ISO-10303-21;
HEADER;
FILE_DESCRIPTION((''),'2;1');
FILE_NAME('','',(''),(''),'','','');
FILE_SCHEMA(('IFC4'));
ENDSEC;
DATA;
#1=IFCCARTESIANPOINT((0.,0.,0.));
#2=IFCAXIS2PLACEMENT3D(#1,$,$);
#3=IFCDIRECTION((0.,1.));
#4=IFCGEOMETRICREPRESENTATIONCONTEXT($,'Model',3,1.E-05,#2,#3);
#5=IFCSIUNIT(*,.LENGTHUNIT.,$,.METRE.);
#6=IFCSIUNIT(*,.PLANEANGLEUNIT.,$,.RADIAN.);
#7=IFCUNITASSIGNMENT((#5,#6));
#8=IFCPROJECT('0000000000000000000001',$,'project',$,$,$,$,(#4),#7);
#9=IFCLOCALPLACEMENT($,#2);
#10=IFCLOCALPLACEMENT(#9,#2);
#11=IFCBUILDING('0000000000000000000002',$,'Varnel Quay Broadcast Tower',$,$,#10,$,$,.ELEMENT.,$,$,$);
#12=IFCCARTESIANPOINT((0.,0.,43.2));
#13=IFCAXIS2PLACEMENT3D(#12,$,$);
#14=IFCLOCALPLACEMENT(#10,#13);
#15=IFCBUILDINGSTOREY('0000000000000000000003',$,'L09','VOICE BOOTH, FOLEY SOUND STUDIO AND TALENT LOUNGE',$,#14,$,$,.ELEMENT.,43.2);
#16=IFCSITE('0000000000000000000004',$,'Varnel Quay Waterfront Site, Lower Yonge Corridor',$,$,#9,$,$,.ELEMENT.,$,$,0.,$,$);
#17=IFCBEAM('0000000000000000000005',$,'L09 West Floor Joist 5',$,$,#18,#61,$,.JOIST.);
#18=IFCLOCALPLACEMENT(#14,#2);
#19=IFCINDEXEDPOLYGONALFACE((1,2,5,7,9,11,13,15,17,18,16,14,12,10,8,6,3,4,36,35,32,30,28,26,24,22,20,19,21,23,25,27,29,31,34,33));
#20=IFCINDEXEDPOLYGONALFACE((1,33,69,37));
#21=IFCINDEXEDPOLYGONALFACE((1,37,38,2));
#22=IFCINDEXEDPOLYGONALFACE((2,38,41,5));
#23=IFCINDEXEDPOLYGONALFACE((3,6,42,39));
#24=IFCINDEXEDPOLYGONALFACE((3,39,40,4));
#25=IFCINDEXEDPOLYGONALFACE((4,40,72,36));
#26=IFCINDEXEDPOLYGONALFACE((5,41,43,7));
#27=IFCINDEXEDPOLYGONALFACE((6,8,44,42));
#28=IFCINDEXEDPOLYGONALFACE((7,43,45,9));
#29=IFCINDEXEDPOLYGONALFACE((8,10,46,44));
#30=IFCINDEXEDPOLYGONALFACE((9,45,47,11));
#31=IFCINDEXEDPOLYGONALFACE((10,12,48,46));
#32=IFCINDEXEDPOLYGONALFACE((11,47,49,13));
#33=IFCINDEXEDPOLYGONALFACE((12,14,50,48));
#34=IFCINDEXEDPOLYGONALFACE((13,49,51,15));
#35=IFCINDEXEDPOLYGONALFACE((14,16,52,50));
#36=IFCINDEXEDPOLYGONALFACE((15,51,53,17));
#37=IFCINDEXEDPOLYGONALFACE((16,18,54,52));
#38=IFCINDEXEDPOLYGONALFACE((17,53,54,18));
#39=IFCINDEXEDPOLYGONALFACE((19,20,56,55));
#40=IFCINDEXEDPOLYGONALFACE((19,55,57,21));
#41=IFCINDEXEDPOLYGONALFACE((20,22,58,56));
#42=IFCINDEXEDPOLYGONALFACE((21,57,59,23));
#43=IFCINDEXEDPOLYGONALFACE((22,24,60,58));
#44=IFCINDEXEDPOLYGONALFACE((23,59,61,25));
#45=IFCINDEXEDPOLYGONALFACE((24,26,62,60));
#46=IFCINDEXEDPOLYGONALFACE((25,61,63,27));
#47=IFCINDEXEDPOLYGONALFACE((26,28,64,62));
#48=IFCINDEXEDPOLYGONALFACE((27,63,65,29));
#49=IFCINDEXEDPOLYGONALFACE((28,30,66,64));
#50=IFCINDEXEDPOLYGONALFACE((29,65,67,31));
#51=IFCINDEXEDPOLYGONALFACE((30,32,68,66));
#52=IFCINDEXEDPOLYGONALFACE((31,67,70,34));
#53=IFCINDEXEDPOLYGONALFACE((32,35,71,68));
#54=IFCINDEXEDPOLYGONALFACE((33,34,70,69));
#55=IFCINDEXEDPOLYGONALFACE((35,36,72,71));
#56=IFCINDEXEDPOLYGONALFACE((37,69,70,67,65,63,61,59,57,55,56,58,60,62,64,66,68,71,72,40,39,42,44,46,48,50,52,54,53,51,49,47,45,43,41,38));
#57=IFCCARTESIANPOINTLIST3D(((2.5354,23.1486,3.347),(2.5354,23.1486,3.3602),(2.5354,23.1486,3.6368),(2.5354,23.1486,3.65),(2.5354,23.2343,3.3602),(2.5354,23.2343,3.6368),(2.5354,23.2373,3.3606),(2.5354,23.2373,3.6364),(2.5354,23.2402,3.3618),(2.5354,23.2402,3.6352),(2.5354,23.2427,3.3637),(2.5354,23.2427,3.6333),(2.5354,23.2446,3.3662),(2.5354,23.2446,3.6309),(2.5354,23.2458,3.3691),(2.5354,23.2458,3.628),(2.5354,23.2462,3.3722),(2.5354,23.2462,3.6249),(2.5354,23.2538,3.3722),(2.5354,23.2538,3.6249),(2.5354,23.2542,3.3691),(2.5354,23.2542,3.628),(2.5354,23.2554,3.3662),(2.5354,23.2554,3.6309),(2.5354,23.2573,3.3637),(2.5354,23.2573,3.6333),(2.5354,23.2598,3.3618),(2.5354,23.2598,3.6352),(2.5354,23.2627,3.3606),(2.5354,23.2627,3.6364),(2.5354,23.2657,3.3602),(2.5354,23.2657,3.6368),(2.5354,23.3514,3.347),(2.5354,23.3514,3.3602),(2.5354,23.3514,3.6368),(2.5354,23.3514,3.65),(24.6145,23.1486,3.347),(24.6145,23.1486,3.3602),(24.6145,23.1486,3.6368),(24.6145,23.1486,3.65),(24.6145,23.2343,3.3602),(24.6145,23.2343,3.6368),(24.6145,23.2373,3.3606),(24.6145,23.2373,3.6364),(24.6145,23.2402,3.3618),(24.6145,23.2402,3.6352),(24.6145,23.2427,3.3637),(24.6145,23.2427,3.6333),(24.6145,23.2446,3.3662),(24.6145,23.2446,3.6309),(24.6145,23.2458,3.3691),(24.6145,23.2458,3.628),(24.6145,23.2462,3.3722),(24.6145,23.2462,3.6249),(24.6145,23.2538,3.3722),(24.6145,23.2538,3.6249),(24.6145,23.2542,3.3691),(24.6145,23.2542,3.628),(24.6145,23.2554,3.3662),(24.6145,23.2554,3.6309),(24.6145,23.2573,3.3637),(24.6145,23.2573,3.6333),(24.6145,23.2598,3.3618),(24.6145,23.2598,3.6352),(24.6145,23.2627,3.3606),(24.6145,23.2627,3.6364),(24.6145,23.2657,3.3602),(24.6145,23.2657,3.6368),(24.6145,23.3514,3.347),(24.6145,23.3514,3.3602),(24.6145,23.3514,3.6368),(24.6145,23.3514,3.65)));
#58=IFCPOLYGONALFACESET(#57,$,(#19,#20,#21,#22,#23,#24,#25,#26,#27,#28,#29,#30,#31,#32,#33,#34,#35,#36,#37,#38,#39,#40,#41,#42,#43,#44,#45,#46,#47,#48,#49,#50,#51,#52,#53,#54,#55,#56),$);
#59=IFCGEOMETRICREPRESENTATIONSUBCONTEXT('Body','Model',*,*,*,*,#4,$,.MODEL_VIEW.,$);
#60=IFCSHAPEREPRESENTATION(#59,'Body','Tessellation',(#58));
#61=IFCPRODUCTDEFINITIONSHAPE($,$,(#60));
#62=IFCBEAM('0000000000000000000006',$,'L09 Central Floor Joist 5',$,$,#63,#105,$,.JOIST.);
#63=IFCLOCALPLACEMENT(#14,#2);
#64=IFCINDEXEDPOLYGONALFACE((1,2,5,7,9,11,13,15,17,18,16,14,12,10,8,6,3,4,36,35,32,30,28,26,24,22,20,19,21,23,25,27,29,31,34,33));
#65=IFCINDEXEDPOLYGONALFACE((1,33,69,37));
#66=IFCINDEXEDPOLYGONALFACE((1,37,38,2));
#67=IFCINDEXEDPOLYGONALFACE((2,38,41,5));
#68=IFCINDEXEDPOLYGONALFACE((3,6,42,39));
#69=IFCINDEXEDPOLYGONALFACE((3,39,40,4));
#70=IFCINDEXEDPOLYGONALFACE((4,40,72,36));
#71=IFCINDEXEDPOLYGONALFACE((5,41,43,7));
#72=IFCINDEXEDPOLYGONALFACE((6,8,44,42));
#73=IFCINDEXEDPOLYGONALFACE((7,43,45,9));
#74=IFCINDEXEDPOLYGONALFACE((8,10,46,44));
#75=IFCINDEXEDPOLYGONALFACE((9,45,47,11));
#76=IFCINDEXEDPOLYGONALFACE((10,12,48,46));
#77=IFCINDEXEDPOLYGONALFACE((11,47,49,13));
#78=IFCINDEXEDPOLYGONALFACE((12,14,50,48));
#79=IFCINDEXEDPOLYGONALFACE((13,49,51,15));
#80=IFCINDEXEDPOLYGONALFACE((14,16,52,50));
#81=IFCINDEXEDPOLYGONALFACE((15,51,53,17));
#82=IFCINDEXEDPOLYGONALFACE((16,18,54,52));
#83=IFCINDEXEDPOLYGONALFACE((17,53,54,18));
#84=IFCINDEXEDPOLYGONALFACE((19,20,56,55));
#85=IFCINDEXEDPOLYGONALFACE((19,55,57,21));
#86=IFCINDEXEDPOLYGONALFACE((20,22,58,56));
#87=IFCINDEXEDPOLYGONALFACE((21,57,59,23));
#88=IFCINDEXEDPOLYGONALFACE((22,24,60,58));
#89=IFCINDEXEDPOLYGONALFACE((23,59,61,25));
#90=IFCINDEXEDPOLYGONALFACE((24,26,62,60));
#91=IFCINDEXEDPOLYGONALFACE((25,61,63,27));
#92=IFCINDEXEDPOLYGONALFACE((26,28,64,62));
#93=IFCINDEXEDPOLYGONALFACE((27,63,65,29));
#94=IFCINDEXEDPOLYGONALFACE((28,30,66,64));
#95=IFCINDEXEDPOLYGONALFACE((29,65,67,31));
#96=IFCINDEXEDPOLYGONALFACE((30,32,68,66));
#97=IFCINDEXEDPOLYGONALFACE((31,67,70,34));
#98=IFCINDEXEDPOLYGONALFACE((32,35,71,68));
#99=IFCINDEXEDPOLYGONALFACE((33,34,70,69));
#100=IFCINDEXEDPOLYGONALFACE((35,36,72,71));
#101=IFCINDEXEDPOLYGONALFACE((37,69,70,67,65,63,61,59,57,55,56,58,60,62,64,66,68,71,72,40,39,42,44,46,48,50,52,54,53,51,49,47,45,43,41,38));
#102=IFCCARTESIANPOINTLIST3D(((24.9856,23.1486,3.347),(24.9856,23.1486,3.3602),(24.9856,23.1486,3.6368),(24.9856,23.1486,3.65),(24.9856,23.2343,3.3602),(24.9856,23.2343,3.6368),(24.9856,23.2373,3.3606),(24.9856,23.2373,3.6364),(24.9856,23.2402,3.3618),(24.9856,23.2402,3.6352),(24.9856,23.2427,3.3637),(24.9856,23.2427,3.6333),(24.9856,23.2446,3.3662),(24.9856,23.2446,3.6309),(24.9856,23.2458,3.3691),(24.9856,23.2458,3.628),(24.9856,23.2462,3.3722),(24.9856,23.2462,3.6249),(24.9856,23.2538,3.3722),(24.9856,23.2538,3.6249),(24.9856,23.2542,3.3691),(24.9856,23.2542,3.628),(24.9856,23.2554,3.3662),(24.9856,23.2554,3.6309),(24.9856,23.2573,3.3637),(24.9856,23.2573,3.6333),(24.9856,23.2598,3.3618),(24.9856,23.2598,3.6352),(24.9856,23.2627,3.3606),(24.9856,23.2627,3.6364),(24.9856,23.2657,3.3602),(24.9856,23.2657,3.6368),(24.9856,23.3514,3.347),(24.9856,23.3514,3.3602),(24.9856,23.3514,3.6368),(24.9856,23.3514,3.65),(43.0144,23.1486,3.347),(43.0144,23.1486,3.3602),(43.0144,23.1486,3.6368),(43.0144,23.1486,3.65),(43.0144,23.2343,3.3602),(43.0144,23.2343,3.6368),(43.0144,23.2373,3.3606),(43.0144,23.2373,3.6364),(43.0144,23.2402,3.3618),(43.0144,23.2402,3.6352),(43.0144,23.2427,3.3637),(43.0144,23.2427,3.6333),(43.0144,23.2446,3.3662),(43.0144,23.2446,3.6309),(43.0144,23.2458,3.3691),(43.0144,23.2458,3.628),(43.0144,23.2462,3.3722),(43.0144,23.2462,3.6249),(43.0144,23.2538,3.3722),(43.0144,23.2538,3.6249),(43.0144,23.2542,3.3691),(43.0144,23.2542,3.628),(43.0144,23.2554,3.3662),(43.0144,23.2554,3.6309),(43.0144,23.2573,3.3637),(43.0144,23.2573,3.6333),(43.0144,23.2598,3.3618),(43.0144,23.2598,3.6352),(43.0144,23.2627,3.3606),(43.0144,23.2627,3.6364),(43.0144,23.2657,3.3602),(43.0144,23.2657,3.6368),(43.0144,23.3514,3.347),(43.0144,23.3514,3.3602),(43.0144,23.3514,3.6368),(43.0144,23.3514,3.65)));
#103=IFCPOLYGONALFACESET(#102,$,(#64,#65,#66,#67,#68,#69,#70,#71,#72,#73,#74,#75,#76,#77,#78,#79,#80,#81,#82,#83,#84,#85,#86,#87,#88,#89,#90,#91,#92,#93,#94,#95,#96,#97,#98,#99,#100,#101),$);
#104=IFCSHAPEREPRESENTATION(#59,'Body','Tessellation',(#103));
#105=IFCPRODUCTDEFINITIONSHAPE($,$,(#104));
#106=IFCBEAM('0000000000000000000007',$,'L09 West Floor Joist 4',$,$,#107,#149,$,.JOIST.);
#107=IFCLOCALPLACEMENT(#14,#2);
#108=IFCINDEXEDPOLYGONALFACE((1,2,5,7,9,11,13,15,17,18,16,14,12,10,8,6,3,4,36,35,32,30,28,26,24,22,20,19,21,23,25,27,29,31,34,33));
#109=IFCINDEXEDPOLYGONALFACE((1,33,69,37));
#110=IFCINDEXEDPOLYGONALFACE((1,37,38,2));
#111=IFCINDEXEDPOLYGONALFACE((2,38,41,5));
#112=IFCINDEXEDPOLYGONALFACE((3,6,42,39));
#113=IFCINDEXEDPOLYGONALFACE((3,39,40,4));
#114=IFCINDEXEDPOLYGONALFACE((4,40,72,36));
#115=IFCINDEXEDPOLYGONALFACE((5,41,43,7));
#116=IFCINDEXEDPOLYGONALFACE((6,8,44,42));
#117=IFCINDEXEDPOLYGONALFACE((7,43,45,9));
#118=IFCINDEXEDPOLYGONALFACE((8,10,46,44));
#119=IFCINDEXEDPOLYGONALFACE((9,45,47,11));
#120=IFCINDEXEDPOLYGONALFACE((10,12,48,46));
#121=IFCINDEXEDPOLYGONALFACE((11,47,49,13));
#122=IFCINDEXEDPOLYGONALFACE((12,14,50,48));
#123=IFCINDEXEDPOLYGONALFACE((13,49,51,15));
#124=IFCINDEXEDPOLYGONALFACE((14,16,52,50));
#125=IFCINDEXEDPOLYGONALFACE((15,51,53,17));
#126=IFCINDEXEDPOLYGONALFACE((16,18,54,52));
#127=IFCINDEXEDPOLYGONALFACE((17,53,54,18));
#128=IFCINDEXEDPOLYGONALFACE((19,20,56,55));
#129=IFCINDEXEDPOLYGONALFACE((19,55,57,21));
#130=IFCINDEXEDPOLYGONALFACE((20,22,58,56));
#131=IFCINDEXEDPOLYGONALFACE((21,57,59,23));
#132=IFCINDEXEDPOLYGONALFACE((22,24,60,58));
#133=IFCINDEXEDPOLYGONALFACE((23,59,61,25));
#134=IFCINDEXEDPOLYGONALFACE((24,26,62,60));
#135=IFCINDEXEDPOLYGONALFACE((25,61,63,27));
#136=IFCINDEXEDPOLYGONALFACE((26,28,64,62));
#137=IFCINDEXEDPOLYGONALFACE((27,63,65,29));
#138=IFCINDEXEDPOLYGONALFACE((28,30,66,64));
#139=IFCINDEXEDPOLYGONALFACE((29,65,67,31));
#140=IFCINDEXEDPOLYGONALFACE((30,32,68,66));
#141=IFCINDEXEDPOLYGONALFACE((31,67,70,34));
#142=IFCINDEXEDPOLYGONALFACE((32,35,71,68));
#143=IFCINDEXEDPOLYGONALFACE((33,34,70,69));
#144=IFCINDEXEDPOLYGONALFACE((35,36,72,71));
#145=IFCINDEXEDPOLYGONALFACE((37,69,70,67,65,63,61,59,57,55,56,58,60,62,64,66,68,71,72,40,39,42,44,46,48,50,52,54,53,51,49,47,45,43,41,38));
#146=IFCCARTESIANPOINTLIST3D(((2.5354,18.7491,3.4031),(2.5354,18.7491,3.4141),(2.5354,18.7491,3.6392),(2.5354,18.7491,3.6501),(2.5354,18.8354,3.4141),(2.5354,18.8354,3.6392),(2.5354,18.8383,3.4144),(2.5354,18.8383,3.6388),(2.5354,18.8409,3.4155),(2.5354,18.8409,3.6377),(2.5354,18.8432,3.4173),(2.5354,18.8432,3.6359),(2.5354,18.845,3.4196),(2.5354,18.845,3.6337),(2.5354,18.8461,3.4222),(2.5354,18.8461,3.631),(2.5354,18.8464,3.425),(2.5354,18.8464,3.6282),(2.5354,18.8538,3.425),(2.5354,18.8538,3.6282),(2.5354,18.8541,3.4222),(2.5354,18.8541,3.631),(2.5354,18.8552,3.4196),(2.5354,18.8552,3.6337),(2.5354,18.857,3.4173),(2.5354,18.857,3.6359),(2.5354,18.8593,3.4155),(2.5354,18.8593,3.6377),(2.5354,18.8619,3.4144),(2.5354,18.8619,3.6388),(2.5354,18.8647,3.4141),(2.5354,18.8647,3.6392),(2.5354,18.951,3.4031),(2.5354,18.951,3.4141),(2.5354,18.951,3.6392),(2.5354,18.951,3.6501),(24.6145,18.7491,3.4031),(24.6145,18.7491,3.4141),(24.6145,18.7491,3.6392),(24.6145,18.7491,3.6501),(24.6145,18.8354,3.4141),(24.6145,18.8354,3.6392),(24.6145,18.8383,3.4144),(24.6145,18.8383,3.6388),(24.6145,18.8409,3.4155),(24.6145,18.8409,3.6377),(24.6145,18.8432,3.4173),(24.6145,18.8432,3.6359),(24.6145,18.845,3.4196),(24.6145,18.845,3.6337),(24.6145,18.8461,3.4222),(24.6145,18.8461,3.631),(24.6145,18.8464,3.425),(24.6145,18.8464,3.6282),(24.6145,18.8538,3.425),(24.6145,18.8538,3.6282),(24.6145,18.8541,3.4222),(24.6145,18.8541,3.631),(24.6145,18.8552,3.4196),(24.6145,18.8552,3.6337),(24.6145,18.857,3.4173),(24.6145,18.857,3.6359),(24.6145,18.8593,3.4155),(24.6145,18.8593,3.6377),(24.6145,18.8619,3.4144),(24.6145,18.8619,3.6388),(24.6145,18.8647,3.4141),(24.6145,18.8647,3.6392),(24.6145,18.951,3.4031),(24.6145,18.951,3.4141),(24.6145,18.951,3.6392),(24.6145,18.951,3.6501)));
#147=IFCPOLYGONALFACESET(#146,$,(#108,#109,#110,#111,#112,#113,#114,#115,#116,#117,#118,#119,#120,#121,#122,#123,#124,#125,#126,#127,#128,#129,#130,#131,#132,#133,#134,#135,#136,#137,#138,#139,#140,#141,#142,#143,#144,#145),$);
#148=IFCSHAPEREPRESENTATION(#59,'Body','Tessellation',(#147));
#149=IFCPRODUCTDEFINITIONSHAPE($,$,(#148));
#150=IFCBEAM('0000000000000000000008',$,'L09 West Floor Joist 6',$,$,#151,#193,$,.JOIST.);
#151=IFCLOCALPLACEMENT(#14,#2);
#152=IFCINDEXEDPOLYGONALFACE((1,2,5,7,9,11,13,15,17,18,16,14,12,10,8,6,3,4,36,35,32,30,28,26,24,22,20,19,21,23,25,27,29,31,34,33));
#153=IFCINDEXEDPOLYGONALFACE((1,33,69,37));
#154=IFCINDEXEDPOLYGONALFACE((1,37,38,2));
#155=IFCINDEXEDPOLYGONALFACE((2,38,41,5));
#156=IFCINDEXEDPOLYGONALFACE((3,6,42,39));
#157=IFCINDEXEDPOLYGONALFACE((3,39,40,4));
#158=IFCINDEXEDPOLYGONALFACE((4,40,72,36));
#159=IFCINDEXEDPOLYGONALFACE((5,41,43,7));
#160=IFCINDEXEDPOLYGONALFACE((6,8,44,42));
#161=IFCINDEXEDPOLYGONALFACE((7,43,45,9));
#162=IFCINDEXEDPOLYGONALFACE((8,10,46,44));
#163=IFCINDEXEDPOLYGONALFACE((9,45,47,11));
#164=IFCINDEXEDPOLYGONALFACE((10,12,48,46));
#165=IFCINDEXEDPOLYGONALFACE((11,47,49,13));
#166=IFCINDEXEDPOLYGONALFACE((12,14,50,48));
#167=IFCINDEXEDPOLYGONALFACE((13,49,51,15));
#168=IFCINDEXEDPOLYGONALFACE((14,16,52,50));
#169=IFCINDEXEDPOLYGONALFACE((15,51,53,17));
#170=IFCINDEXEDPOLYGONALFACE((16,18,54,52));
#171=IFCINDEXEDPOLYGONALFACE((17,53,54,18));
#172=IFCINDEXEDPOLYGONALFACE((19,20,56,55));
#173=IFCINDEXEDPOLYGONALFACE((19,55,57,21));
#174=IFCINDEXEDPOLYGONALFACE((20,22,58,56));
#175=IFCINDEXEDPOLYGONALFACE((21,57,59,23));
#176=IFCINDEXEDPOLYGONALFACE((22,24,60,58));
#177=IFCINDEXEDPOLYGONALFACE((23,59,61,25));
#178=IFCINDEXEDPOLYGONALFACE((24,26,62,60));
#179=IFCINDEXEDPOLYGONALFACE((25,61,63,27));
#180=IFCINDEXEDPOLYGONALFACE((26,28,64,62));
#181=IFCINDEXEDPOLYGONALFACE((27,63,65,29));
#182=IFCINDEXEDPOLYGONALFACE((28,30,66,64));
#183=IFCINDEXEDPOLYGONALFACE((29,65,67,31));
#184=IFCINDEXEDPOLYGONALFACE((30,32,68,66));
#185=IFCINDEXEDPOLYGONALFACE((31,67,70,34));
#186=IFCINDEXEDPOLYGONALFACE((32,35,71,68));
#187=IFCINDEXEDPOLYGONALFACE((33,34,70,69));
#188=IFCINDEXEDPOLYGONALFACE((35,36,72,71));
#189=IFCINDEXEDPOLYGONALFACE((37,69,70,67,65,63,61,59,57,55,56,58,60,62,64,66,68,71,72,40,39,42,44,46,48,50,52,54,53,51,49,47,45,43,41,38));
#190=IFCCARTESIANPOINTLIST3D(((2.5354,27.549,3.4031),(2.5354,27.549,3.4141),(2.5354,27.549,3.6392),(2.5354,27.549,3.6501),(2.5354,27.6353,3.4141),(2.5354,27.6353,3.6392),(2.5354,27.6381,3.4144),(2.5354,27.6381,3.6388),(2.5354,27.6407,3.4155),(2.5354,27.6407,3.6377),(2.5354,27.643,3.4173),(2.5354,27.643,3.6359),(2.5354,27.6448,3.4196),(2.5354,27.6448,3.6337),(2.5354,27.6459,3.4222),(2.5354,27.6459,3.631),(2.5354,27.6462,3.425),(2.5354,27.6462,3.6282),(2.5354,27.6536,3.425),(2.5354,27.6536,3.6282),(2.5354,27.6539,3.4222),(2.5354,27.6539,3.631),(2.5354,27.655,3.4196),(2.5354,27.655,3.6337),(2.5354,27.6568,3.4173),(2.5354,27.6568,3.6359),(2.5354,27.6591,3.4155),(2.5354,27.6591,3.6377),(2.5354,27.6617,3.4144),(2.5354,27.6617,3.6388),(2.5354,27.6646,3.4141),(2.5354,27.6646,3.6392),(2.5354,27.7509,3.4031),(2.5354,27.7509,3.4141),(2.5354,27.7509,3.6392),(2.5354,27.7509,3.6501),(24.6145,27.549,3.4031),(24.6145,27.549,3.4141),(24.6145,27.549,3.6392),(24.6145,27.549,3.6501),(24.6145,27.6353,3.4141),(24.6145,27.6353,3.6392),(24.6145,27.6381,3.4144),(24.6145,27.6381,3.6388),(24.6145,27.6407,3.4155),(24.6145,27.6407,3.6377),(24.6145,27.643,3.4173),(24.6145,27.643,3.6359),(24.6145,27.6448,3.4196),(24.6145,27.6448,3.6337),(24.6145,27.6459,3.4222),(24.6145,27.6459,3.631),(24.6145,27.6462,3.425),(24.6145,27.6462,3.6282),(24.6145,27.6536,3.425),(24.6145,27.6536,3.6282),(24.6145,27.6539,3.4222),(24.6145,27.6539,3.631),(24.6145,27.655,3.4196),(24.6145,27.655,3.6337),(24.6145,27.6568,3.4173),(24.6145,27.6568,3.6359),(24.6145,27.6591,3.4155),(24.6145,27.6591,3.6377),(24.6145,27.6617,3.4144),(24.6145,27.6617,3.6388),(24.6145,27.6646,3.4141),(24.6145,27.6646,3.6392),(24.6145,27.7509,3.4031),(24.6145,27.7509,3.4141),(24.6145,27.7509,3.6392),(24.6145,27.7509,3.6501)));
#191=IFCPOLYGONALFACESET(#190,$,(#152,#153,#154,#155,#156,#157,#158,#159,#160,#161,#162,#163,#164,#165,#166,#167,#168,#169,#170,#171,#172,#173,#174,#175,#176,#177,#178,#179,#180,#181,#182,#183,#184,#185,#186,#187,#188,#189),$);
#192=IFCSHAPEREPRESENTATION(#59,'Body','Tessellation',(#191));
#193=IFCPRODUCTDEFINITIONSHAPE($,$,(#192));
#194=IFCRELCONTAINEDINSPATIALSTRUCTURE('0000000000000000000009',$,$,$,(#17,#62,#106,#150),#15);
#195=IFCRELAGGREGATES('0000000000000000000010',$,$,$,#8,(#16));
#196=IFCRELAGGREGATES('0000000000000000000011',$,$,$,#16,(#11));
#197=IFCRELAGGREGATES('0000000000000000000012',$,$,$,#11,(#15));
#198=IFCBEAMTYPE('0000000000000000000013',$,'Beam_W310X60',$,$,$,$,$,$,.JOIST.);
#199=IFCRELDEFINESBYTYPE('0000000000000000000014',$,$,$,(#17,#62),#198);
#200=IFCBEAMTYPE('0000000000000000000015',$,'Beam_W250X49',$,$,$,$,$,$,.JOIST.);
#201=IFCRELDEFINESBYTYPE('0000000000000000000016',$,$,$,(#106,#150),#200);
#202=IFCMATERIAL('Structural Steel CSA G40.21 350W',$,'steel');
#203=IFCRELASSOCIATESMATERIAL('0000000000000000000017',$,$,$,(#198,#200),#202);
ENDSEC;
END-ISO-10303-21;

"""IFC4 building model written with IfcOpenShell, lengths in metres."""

from ifc_helpers import new_model, si_unit, direction, frame, origin, origin_2d, place, context, subcontext, project, spatial, i_section, extrude, source, transform, mapped, material, material_profile, profile_set, type_object, element, save


model = new_model("IFC4")

# Units and contexts
model_context = context("Model", 3, precision=1e-05, world=origin(), true_north=direction((0.0, 1.0)))
body_context = subcontext(model_context, "Body", "Model", "MODEL_VIEW")
ifc_project = project(units=[si_unit("LENGTHUNIT", "METRE"), si_unit("PLANEANGLEUNIT", "RADIAN")], contexts=[model_context])

# Site, building, storey
site_placement = place(None, origin())
site = spatial("IfcSite", under=ifc_project, at=site_placement, Name="Varnel Quay Waterfront Site, Lower Yonge Corridor", CompositionType="ELEMENT", RefElevation=0.0)
building_placement = place(site_placement, origin())
building = spatial("IfcBuilding", under=site, at=building_placement, Name="Varnel Quay Broadcast Tower", CompositionType="ELEMENT")
storey_placement = place(building_placement, frame((0.0, 0.0, 43.2)))
storey = spatial("IfcBuildingStorey", under=building, at=storey_placement, Name="L09", Description="VOICE BOOTH, FOLEY SOUND STUDIO AND TALENT LOUNGE", CompositionType="ELEMENT", Elevation=43.2)

# Shared definitions
ifc_material_1 = material(Name="Structural Steel CSA G40.21 350W", Category="steel")

# Beams
ifc_material_profile_1 = material_profile(ifc_material_1, i_section(OverallWidth=0.2029, OverallDepth=0.303, WebThickness=0.0076, FlangeThickness=0.0132, FilletRadius=0.012, at=origin_2d()), Name="W310X60")
ifc_profile_set_1 = profile_set([ifc_material_profile_1], Name="Structural Steel CSA G40.21 350W")
beam_type_1 = type_object("IfcBeamType", Name="Beam_W310X60", PredefinedType="JOIST", material=ifc_profile_set_1)
shared_shape_1 = source(origin(), body_context, "Body", "SweptSolid", [
    extrude(i_section(OverallWidth=0.2029, OverallDepth=0.303, WebThickness=0.0076, FlangeThickness=0.0132, FilletRadius=0.012, at=origin_2d()), origin(), (0.0, 0.0, 1.0), 22.0791),
])
beam_1_placement = place(storey_placement, frame((2.5354, 23.25, 3.4985), z_axis=(1.0, 0.0, 0.0), x_axis=(0.0, 1.0, 0.0)))
element("IfcBeam", 1, at=beam_1_placement, inside=storey, type_object=beam_type_1, Name="L09 West Floor Joist 5", PredefinedType="JOIST", context=body_context, shape_type="MappedRepresentation", body=[
    mapped(shared_shape_1, transform((0.0, 0.0, 0.0), x_axis=(1.0, 0.0, 0.0), y_axis=(0.0, 1.0, 0.0), z_axis=(0.0, 0.0, 1.0), scale=1.0)),
])
shared_shape_2 = source(origin(), body_context, "Body", "SweptSolid", [
    extrude(i_section(OverallWidth=0.2029, OverallDepth=0.303, WebThickness=0.0076, FlangeThickness=0.0132, FilletRadius=0.012, at=origin_2d()), origin(), (0.0, 0.0, 1.0), 18.0288),
])
beam_2_placement = place(storey_placement, frame((24.9856, 23.25, 3.4985), z_axis=(1.0, 0.0, 0.0), x_axis=(0.0, 1.0, 0.0)))
element("IfcBeam", 2, at=beam_2_placement, inside=storey, type_object=beam_type_1, Name="L09 Central Floor Joist 5", PredefinedType="JOIST", context=body_context, shape_type="MappedRepresentation", body=[
    mapped(shared_shape_2, transform((0.0, 0.0, 0.0), x_axis=(1.0, 0.0, 0.0), y_axis=(0.0, 1.0, 0.0), z_axis=(0.0, 0.0, 1.0), scale=1.0)),
])
ifc_material_profile_2 = material_profile(ifc_material_1, i_section(OverallWidth=0.2019, OverallDepth=0.2471, WebThickness=0.0073, FlangeThickness=0.011, FilletRadius=0.011, at=origin_2d()), Name="W250X49")
ifc_profile_set_2 = profile_set([ifc_material_profile_2], Name="Structural Steel CSA G40.21 350W")
beam_type_2 = type_object("IfcBeamType", Name="Beam_W250X49", PredefinedType="JOIST", material=ifc_profile_set_2)
shared_shape_3 = source(origin(), body_context, "Body", "SweptSolid", [
    extrude(i_section(OverallWidth=0.2019, OverallDepth=0.2471, WebThickness=0.0073, FlangeThickness=0.011, FilletRadius=0.011, at=origin_2d()), origin(), (0.0, 0.0, 1.0), 22.0791),
])
for number, where, z_axis, x_axis, name in (
    (3, (2.5354, 18.8501, 3.5266), (1.0, 0.0, 0.0), (0.0, 1.0, 0.0), "L09 West Floor Joist 4"),
    (4, (2.5354, 27.6499, 3.5266), (1.0, 0.0, 0.0), (0.0, 1.0, 0.0), "L09 West Floor Joist 6"),
):
    element("IfcBeam", number, at=place(storey_placement, frame(where, z_axis=z_axis, x_axis=x_axis)), inside=storey, type_object=beam_type_2, Name=name, PredefinedType="JOIST", context=body_context, shape_type="MappedRepresentation", body=[
        mapped(shared_shape_3, transform((0.0, 0.0, 0.0), x_axis=(1.0, 0.0, 0.0), y_axis=(0.0, 1.0, 0.0), z_axis=(0.0, 0.0, 1.0), scale=1.0)),
    ])

save(model, "model.ifc")
